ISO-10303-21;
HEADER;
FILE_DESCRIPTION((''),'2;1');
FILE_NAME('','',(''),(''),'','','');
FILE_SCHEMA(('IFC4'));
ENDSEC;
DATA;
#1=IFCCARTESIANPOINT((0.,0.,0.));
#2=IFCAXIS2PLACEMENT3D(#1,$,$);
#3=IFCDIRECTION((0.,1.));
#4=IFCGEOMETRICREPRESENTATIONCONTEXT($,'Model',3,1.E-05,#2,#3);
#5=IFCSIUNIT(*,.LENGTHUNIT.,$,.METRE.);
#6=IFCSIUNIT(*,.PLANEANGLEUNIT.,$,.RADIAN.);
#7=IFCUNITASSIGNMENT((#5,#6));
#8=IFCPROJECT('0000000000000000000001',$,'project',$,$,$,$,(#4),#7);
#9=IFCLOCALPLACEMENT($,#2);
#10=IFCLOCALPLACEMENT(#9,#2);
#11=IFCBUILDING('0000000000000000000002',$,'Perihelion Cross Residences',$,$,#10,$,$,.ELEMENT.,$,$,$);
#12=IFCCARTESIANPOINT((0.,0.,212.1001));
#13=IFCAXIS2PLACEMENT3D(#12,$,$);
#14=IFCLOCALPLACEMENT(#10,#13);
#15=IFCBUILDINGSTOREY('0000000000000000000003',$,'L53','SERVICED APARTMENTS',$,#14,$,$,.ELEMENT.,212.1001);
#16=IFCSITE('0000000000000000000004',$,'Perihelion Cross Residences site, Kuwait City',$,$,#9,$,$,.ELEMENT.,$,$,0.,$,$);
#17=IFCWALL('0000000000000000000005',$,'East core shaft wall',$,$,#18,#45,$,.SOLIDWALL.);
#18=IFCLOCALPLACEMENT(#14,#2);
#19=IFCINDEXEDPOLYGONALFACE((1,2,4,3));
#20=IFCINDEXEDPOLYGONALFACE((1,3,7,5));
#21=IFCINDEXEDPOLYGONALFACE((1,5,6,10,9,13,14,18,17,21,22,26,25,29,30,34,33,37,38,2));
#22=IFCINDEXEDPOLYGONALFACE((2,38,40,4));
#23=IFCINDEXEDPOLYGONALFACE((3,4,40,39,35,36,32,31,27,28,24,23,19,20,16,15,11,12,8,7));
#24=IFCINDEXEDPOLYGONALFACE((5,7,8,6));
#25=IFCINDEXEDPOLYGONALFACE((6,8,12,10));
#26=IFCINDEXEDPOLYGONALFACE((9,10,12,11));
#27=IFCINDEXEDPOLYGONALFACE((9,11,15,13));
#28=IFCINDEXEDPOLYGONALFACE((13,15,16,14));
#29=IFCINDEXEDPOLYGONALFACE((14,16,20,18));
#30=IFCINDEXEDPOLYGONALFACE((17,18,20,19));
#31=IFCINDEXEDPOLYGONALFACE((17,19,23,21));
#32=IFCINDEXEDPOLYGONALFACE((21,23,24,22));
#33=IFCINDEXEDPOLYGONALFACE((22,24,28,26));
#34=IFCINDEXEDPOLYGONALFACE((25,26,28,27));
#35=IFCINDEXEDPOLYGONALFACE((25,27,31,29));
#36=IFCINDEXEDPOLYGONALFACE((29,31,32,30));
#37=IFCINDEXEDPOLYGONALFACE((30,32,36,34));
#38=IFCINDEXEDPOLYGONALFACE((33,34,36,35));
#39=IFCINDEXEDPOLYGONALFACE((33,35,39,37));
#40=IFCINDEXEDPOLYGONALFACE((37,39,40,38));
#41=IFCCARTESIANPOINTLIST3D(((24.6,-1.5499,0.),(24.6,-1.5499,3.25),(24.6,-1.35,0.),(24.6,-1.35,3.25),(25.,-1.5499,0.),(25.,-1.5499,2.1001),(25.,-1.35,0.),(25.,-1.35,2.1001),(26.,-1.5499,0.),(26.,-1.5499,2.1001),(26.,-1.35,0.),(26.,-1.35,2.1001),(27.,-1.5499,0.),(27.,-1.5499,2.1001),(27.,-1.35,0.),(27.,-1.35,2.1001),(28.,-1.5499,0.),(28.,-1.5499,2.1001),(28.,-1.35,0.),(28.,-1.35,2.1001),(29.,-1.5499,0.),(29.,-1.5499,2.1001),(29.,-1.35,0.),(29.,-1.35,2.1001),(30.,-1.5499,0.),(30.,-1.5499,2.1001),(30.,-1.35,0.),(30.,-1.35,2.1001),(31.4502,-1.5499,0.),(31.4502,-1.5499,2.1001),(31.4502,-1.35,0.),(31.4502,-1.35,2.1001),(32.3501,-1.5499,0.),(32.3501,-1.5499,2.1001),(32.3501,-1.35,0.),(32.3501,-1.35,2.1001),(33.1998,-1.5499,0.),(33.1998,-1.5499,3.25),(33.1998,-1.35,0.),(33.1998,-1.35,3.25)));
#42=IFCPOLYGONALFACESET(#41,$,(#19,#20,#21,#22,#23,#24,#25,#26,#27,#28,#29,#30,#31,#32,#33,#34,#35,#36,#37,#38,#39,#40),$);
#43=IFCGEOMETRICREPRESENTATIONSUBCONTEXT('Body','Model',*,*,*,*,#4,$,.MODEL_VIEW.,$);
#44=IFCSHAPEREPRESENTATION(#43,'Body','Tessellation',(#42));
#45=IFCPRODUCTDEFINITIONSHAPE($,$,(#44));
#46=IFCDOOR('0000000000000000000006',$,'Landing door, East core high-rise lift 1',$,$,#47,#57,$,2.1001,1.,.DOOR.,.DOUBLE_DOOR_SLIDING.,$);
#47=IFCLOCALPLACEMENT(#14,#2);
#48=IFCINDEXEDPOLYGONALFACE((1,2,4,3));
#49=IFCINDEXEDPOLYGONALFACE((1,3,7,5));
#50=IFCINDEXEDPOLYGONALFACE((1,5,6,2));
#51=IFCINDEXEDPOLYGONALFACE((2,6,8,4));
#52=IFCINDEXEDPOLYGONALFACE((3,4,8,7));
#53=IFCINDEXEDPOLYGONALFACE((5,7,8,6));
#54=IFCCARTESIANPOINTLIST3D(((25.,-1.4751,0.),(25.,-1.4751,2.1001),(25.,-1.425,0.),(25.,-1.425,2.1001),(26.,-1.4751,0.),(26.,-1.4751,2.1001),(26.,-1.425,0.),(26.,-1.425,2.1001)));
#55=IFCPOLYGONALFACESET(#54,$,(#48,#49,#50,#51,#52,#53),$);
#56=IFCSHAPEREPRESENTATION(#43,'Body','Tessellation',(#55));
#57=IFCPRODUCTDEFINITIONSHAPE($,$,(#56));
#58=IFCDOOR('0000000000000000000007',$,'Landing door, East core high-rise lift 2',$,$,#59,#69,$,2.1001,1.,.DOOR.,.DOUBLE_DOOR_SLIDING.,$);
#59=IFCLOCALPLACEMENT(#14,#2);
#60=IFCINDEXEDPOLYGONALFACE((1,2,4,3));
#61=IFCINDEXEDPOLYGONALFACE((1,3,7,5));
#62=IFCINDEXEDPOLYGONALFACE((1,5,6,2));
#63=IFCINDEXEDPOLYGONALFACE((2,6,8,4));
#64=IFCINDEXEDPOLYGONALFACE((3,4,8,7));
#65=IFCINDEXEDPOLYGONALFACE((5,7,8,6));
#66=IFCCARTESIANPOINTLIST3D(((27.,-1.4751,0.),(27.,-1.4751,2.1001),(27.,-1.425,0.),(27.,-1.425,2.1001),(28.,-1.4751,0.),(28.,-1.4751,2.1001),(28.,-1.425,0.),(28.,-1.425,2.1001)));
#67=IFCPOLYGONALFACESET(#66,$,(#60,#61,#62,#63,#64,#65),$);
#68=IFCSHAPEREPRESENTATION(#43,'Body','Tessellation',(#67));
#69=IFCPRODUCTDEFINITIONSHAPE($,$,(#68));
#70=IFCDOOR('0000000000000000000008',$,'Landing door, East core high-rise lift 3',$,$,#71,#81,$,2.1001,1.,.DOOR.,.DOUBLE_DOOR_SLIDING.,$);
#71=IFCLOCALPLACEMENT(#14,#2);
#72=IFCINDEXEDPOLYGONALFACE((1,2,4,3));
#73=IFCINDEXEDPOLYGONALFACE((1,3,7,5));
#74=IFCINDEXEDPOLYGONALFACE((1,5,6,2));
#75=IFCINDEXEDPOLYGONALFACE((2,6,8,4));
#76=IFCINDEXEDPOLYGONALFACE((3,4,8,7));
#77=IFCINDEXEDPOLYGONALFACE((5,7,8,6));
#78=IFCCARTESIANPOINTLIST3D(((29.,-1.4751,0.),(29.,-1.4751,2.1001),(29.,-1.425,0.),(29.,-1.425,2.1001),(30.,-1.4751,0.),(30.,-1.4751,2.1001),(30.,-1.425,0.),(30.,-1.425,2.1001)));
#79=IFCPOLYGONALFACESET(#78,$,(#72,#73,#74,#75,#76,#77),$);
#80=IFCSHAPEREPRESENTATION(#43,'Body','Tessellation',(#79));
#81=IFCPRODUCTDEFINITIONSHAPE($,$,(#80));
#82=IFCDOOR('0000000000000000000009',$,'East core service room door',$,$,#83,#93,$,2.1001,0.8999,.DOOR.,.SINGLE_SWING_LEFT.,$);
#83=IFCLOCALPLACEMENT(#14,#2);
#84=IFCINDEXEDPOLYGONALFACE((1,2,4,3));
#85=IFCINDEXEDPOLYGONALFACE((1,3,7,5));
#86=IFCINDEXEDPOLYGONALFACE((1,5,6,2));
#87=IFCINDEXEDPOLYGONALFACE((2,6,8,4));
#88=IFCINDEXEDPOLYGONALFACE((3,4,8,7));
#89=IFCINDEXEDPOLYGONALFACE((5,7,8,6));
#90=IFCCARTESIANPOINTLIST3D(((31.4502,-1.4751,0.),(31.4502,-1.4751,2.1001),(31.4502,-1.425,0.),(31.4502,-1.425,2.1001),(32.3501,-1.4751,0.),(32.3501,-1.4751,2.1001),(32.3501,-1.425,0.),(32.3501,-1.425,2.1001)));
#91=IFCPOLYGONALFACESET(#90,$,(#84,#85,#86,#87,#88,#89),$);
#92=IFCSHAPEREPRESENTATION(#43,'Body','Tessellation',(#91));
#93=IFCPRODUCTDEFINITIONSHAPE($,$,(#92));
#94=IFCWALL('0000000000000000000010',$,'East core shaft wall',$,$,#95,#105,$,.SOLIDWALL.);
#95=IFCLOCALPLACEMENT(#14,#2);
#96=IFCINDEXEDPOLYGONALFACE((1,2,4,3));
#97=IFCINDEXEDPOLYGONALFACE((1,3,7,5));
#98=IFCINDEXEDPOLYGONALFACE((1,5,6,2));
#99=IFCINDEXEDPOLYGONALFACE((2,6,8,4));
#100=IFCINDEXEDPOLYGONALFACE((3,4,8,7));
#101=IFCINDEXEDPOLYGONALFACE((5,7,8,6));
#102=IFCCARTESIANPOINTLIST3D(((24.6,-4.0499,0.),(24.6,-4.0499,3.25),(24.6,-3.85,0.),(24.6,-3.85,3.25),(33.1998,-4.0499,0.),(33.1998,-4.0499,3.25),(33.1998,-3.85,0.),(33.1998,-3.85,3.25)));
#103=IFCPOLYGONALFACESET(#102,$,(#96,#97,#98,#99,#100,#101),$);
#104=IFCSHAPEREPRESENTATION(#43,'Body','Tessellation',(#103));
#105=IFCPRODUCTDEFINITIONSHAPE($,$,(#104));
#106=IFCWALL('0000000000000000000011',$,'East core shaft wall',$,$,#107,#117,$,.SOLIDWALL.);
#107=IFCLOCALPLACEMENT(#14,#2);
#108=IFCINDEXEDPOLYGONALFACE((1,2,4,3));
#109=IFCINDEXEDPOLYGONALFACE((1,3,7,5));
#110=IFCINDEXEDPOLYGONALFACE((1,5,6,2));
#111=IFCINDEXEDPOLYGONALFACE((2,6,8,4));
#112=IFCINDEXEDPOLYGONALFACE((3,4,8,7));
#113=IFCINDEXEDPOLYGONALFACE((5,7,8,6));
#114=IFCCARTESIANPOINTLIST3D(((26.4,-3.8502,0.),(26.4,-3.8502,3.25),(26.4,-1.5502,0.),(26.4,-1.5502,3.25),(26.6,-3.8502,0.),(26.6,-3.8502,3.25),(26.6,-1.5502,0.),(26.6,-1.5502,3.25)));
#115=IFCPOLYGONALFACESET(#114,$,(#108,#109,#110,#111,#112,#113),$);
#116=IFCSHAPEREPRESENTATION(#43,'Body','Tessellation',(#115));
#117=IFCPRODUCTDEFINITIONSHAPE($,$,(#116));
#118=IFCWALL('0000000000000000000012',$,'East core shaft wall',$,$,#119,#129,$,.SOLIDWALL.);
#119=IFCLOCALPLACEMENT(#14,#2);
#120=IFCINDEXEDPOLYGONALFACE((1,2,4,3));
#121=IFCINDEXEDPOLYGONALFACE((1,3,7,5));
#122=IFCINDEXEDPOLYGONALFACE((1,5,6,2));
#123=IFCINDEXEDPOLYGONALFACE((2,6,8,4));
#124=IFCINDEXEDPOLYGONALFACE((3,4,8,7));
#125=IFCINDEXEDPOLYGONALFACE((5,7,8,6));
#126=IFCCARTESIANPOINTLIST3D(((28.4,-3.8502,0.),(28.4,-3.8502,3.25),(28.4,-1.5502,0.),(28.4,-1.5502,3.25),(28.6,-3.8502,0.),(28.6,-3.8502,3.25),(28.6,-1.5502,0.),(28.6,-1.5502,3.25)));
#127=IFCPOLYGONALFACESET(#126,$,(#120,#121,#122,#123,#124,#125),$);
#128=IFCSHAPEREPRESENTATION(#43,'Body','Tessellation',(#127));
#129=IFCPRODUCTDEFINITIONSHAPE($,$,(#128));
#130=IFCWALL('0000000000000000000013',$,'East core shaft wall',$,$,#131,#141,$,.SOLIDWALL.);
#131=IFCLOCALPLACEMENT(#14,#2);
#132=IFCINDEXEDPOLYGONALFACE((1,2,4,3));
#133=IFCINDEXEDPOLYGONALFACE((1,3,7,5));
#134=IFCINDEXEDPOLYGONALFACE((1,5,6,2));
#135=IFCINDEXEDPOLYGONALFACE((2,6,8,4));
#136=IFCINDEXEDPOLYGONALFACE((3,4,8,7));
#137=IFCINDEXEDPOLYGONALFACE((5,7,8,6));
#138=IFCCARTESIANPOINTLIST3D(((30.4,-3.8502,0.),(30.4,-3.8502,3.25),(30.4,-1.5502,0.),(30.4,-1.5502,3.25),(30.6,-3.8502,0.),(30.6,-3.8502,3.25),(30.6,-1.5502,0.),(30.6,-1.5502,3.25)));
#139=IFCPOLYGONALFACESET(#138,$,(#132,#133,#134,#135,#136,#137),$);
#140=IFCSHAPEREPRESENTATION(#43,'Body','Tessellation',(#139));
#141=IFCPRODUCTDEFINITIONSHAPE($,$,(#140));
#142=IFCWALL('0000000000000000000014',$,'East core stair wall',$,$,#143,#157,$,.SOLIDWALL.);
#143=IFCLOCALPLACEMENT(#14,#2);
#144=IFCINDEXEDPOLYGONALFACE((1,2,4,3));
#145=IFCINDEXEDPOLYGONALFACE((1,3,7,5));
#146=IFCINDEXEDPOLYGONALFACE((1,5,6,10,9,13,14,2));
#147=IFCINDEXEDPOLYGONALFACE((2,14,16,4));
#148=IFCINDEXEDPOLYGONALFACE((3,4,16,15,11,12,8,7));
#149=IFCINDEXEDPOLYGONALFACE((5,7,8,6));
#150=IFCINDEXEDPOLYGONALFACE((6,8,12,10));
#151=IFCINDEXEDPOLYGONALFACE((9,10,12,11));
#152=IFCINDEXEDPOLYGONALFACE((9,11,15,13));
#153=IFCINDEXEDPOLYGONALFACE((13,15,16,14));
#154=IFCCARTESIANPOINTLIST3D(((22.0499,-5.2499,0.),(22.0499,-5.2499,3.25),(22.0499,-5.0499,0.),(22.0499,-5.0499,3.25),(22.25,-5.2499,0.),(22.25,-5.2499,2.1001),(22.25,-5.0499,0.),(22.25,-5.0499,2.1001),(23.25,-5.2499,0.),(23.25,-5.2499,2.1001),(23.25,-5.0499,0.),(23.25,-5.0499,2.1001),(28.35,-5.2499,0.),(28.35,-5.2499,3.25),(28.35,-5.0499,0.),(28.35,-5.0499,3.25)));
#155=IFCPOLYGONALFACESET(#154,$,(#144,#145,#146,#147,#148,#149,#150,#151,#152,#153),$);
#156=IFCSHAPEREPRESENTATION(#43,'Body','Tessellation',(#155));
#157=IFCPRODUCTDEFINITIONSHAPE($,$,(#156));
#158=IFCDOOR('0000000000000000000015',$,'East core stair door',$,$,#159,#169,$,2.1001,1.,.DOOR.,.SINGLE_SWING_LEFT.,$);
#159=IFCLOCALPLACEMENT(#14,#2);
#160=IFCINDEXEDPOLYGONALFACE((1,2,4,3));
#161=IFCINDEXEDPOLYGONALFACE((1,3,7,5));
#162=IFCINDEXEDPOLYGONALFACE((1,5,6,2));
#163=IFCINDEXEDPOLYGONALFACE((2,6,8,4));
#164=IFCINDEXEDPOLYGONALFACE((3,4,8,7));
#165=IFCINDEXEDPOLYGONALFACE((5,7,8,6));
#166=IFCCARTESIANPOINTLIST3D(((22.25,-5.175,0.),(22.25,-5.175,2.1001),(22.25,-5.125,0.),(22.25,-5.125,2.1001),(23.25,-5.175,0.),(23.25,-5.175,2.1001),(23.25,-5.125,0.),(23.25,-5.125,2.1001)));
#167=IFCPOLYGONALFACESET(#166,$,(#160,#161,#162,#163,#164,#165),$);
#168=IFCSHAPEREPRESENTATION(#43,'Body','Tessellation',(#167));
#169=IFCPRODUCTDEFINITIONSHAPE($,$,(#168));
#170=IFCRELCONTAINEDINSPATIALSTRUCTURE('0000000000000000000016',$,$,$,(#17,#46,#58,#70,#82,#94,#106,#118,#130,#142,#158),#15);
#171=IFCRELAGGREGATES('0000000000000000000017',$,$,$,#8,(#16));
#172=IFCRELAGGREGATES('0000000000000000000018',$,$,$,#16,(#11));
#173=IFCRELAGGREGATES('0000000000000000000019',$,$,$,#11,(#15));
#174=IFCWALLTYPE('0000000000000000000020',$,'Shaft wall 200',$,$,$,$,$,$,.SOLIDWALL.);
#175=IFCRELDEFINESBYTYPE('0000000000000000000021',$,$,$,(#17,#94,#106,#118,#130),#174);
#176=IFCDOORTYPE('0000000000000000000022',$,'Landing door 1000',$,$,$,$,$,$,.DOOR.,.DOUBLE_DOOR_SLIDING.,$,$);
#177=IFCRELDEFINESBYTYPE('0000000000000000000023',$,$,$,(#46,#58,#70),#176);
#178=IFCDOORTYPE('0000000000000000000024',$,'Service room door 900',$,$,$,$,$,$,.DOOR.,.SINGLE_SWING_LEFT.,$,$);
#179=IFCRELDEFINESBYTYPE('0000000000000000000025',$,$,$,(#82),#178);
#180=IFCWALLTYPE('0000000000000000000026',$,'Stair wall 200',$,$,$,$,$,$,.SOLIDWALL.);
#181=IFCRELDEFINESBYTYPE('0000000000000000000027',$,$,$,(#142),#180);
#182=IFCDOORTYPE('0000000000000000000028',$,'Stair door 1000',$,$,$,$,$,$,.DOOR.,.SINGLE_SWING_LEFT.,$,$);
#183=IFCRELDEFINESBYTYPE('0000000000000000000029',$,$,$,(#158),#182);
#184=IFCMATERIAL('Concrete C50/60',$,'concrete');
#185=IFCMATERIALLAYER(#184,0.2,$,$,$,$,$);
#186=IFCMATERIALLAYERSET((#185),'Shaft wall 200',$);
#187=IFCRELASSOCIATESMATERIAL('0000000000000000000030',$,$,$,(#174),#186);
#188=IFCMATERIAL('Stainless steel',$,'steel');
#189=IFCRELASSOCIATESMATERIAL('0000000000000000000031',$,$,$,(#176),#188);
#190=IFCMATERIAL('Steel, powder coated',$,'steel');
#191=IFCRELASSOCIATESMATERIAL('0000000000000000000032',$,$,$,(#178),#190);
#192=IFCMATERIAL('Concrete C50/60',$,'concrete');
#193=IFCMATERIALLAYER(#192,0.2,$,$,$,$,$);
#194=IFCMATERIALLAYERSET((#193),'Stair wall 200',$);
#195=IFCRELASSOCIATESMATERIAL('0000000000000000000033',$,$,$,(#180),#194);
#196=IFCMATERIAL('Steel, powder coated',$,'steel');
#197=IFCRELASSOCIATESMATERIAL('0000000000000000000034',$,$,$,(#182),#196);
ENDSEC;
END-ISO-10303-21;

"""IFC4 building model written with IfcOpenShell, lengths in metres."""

from ifc_helpers import new_model, si_unit, direction, frame, frame_2d, origin, place, context, subcontext, project, spatial, rectangle, extrude, material, layer, layer_set, type_object, element, fill, save


model = new_model("IFC4")

# Units and contexts
model_context = context("Model", 3, precision=1e-05, world=origin(), true_north=direction((0.0, 1.0)))
body_context = subcontext(model_context, "Body", "Model", "MODEL_VIEW")
ifc_project = project(units=[si_unit("LENGTHUNIT", "METRE"), si_unit("PLANEANGLEUNIT", "RADIAN")], contexts=[model_context])

# Site, building, storey
site_placement = place(None, origin())
site = spatial("IfcSite", under=ifc_project, at=site_placement, Name="Perihelion Cross Residences site, Kuwait City", CompositionType="ELEMENT", RefElevation=0.0)
building_placement = place(site_placement, origin())
building = spatial("IfcBuilding", under=site, at=building_placement, Name="Perihelion Cross Residences", CompositionType="ELEMENT")
storey_placement = place(building_placement, frame((0.0, 0.0, 212.1001)))
storey = spatial("IfcBuildingStorey", under=building, at=storey_placement, Name="L53", Description="SERVICED APARTMENTS", CompositionType="ELEMENT", Elevation=212.1001)

# Wall, openings, doors
ifc_material_1 = material(Name="Concrete C50/60", Category="concrete")
ifc_layer_1 = layer(ifc_material_1, 0.2)
ifc_layer_set_1 = layer_set([ifc_layer_1], Name="Shaft wall 200")
wall_type_1 = type_object("IfcWallType", Name="Shaft wall 200", PredefinedType="SOLIDWALL", material=ifc_layer_set_1)
wall_1_placement = place(storey_placement, frame((24.6001, -1.45, 0.0), z_axis=(0.0, 0.0, 1.0), x_axis=(1.0, 0.0, 0.0)))
wall_1 = element("IfcWall", 1, at=wall_1_placement, inside=storey, type_object=wall_type_1, Name="East core shaft wall", PredefinedType="SOLIDWALL", context=body_context, shape_type="SweptSolid", body=[
    extrude(rectangle(XDim=8.5999, YDim=0.2, at=frame_2d((4.2998, 0.0))), origin(), (0.0, 0.0, 1.0), 3.25),
])
opening_1_placement = place(wall_1_placement, frame((0.3999, 0.0, 0.0)))
opening_1 = element("IfcOpeningElement", 2, at=opening_1_placement, cuts=wall_1, PredefinedType="OPENING", context=body_context, shape_type="SweptSolid", body=[
    extrude(rectangle(XDim=1.0, YDim=2.1001, at=frame_2d((0.5, 1.05))), frame((0.0, 0.1099, 0.0), z_axis=(0.0, -1.0, 0.0), x_axis=(1.0, 0.0, 0.0)), (0.0, 0.0, 1.0), 0.22),
])
opening_2_placement = place(wall_1_placement, frame((2.3999, 0.0, 0.0)))
opening_2 = element("IfcOpeningElement", 3, at=opening_2_placement, cuts=wall_1, PredefinedType="OPENING", context=body_context, shape_type="SweptSolid", body=[
    extrude(rectangle(XDim=1.0, YDim=2.1001, at=frame_2d((0.5, 1.05))), frame((0.0, 0.1099, 0.0), z_axis=(0.0, -1.0, 0.0), x_axis=(1.0, 0.0, 0.0)), (0.0, 0.0, 1.0), 0.22),
])
opening_3_placement = place(wall_1_placement, frame((4.3999, 0.0, 0.0)))
opening_3 = element("IfcOpeningElement", 4, at=opening_3_placement, cuts=wall_1, PredefinedType="OPENING", context=body_context, shape_type="SweptSolid", body=[
    extrude(rectangle(XDim=1.0, YDim=2.1001, at=frame_2d((0.5, 1.05))), frame((0.0, 0.1099, 0.0), z_axis=(0.0, -1.0, 0.0), x_axis=(1.0, 0.0, 0.0)), (0.0, 0.0, 1.0), 0.22),
])
opening_4_placement = place(wall_1_placement, frame((6.8501, 0.0, 0.0)))
opening_4 = element("IfcOpeningElement", 5, at=opening_4_placement, cuts=wall_1, PredefinedType="OPENING", context=body_context, shape_type="SweptSolid", body=[
    extrude(rectangle(XDim=0.8999, YDim=2.1001, at=frame_2d((0.45, 1.05))), frame((0.0, 0.1099, 0.0), z_axis=(0.0, -1.0, 0.0), x_axis=(1.0, 0.0, 0.0)), (0.0, 0.0, 1.0), 0.22),
])
ifc_material_2 = material(Name="Stainless steel", Category="steel")
door_type_1 = type_object("IfcDoorType", Name="Landing door 1000", OperationType="DOUBLE_DOOR_SLIDING", PredefinedType="DOOR", material=ifc_material_2)
door_1_placement = place(opening_1_placement, origin())
door_1 = element("IfcDoor", 6, at=door_1_placement, inside=storey, type_object=door_type_1, Name="Landing door, East core high-rise lift 1", OperationType="DOUBLE_DOOR_SLIDING", OverallHeight=2.1001, OverallWidth=1.0, PredefinedType="DOOR", context=body_context, shape_type="SweptSolid", body=[
    extrude(rectangle(XDim=1.0, YDim=2.1001, at=frame_2d((0.5, 1.05))), frame((0.0, 0.0249, 0.0), z_axis=(0.0, -1.0, 0.0), x_axis=(1.0, 0.0, 0.0)), (0.0, 0.0, 1.0), 0.05),
])
fill(opening_1, door_1)
door_2_placement = place(opening_2_placement, origin())
door_2 = element("IfcDoor", 7, at=door_2_placement, inside=storey, type_object=door_type_1, Name="Landing door, East core high-rise lift 2", OperationType="DOUBLE_DOOR_SLIDING", OverallHeight=2.1001, OverallWidth=1.0, PredefinedType="DOOR", context=body_context, shape_type="SweptSolid", body=[
    extrude(rectangle(XDim=1.0, YDim=2.1001, at=frame_2d((0.5, 1.05))), frame((0.0, 0.0249, 0.0), z_axis=(0.0, -1.0, 0.0), x_axis=(1.0, 0.0, 0.0)), (0.0, 0.0, 1.0), 0.05),
])
fill(opening_2, door_2)
door_3_placement = place(opening_3_placement, origin())
door_3 = element("IfcDoor", 8, at=door_3_placement, inside=storey, type_object=door_type_1, Name="Landing door, East core high-rise lift 3", OperationType="DOUBLE_DOOR_SLIDING", OverallHeight=2.1001, OverallWidth=1.0, PredefinedType="DOOR", context=body_context, shape_type="SweptSolid", body=[
    extrude(rectangle(XDim=1.0, YDim=2.1001, at=frame_2d((0.5, 1.05))), frame((0.0, 0.0249, 0.0), z_axis=(0.0, -1.0, 0.0), x_axis=(1.0, 0.0, 0.0)), (0.0, 0.0, 1.0), 0.05),
])
fill(opening_3, door_3)
ifc_material_3 = material(Name="Steel, powder coated", Category="steel")
door_type_2 = type_object("IfcDoorType", Name="Service room door 900", OperationType="SINGLE_SWING_LEFT", PredefinedType="DOOR", material=ifc_material_3)
door_4_placement = place(opening_4_placement, origin())
door_4 = element("IfcDoor", 9, at=door_4_placement, inside=storey, type_object=door_type_2, Name="East core service room door", OperationType="SINGLE_SWING_LEFT", OverallHeight=2.1001, OverallWidth=0.8999, PredefinedType="DOOR", context=body_context, shape_type="SweptSolid", body=[
    extrude(rectangle(XDim=0.8999, YDim=2.1001, at=frame_2d((0.45, 1.05))), frame((0.0, 0.0249, 0.0), z_axis=(0.0, -1.0, 0.0), x_axis=(1.0, 0.0, 0.0)), (0.0, 0.0, 1.0), 0.05),
])
fill(opening_4, door_4)

# Walls
wall_2_placement = place(storey_placement, frame((24.6001, -3.95, 0.0), z_axis=(0.0, 0.0, 1.0), x_axis=(1.0, 0.0, 0.0)))
element("IfcWall", 10, at=wall_2_placement, inside=storey, type_object=wall_type_1, Name="East core shaft wall", PredefinedType="SOLIDWALL", context=body_context, shape_type="SweptSolid", body=[
    extrude(rectangle(XDim=8.5999, YDim=0.2, at=frame_2d((4.2998, 0.0))), origin(), (0.0, 0.0, 1.0), 3.25),
])
for number, where, z_axis, x_axis, name in (
    (11, (26.5, -3.8501, 0.0), (0.0, 0.0, 1.0), (0.0, 1.0, 0.0), "East core shaft wall"),
    (12, (28.5, -3.8501, 0.0), (0.0, 0.0, 1.0), (0.0, 1.0, 0.0), "East core shaft wall"),
    (13, (30.5, -3.8501, 0.0), (0.0, 0.0, 1.0), (0.0, 1.0, 0.0), "East core shaft wall"),
):
    element("IfcWall", number, at=place(storey_placement, frame(where, z_axis=z_axis, x_axis=x_axis)), inside=storey, type_object=wall_type_1, Name=name, PredefinedType="SOLIDWALL", context=body_context, shape_type="SweptSolid", body=[
        extrude(rectangle(XDim=2.3, YDim=0.2, at=frame_2d((1.1499, 0.0))), origin(), (0.0, 0.0, 1.0), 3.25),
    ])

# Wall, opening, door
ifc_material_4 = material(Name="Concrete C50/60", Category="concrete")
ifc_layer_2 = layer(ifc_material_4, 0.2)
ifc_layer_set_2 = layer_set([ifc_layer_2], Name="Stair wall 200")
wall_type_2 = type_object("IfcWallType", Name="Stair wall 200", PredefinedType="SOLIDWALL", material=ifc_layer_set_2)
wall_3_placement = place(storey_placement, frame((22.05, -5.1499, 0.0), z_axis=(0.0, 0.0, 1.0), x_axis=(1.0, 0.0, 0.0)))
wall_3 = element("IfcWall", 14, at=wall_3_placement, inside=storey, type_object=wall_type_2, Name="East core stair wall", PredefinedType="SOLIDWALL", context=body_context, shape_type="SweptSolid", body=[
    extrude(rectangle(XDim=6.3, YDim=0.2, at=frame_2d((3.1499, 0.0))), origin(), (0.0, 0.0, 1.0), 3.25),
])
opening_5_placement = place(wall_3_placement, frame((0.2, 0.0, 0.0)))
opening_5 = element("IfcOpeningElement", 15, at=opening_5_placement, cuts=wall_3, PredefinedType="OPENING", context=body_context, shape_type="SweptSolid", body=[
    extrude(rectangle(XDim=1.0, YDim=2.1001, at=frame_2d((0.5, 1.05))), frame((0.0, 0.1099, 0.0), z_axis=(0.0, -1.0, 0.0), x_axis=(1.0, 0.0, 0.0)), (0.0, 0.0, 1.0), 0.22),
])
ifc_material_5 = material(Name="Steel, powder coated", Category="steel")
door_type_3 = type_object("IfcDoorType", Name="Stair door 1000", OperationType="SINGLE_SWING_LEFT", PredefinedType="DOOR", material=ifc_material_5)
door_5_placement = place(opening_5_placement, origin())
door_5 = element("IfcDoor", 16, at=door_5_placement, inside=storey, type_object=door_type_3, Name="East core stair door", OperationType="SINGLE_SWING_LEFT", OverallHeight=2.1001, OverallWidth=1.0, PredefinedType="DOOR", context=body_context, shape_type="SweptSolid", body=[
    extrude(rectangle(XDim=1.0, YDim=2.1001, at=frame_2d((0.5, 1.05))), frame((0.0, 0.0249, 0.0), z_axis=(0.0, -1.0, 0.0), x_axis=(1.0, 0.0, 0.0)), (0.0, 0.0, 1.0), 0.05),
])
fill(opening_5, door_5)

save(model, "model.ifc")
